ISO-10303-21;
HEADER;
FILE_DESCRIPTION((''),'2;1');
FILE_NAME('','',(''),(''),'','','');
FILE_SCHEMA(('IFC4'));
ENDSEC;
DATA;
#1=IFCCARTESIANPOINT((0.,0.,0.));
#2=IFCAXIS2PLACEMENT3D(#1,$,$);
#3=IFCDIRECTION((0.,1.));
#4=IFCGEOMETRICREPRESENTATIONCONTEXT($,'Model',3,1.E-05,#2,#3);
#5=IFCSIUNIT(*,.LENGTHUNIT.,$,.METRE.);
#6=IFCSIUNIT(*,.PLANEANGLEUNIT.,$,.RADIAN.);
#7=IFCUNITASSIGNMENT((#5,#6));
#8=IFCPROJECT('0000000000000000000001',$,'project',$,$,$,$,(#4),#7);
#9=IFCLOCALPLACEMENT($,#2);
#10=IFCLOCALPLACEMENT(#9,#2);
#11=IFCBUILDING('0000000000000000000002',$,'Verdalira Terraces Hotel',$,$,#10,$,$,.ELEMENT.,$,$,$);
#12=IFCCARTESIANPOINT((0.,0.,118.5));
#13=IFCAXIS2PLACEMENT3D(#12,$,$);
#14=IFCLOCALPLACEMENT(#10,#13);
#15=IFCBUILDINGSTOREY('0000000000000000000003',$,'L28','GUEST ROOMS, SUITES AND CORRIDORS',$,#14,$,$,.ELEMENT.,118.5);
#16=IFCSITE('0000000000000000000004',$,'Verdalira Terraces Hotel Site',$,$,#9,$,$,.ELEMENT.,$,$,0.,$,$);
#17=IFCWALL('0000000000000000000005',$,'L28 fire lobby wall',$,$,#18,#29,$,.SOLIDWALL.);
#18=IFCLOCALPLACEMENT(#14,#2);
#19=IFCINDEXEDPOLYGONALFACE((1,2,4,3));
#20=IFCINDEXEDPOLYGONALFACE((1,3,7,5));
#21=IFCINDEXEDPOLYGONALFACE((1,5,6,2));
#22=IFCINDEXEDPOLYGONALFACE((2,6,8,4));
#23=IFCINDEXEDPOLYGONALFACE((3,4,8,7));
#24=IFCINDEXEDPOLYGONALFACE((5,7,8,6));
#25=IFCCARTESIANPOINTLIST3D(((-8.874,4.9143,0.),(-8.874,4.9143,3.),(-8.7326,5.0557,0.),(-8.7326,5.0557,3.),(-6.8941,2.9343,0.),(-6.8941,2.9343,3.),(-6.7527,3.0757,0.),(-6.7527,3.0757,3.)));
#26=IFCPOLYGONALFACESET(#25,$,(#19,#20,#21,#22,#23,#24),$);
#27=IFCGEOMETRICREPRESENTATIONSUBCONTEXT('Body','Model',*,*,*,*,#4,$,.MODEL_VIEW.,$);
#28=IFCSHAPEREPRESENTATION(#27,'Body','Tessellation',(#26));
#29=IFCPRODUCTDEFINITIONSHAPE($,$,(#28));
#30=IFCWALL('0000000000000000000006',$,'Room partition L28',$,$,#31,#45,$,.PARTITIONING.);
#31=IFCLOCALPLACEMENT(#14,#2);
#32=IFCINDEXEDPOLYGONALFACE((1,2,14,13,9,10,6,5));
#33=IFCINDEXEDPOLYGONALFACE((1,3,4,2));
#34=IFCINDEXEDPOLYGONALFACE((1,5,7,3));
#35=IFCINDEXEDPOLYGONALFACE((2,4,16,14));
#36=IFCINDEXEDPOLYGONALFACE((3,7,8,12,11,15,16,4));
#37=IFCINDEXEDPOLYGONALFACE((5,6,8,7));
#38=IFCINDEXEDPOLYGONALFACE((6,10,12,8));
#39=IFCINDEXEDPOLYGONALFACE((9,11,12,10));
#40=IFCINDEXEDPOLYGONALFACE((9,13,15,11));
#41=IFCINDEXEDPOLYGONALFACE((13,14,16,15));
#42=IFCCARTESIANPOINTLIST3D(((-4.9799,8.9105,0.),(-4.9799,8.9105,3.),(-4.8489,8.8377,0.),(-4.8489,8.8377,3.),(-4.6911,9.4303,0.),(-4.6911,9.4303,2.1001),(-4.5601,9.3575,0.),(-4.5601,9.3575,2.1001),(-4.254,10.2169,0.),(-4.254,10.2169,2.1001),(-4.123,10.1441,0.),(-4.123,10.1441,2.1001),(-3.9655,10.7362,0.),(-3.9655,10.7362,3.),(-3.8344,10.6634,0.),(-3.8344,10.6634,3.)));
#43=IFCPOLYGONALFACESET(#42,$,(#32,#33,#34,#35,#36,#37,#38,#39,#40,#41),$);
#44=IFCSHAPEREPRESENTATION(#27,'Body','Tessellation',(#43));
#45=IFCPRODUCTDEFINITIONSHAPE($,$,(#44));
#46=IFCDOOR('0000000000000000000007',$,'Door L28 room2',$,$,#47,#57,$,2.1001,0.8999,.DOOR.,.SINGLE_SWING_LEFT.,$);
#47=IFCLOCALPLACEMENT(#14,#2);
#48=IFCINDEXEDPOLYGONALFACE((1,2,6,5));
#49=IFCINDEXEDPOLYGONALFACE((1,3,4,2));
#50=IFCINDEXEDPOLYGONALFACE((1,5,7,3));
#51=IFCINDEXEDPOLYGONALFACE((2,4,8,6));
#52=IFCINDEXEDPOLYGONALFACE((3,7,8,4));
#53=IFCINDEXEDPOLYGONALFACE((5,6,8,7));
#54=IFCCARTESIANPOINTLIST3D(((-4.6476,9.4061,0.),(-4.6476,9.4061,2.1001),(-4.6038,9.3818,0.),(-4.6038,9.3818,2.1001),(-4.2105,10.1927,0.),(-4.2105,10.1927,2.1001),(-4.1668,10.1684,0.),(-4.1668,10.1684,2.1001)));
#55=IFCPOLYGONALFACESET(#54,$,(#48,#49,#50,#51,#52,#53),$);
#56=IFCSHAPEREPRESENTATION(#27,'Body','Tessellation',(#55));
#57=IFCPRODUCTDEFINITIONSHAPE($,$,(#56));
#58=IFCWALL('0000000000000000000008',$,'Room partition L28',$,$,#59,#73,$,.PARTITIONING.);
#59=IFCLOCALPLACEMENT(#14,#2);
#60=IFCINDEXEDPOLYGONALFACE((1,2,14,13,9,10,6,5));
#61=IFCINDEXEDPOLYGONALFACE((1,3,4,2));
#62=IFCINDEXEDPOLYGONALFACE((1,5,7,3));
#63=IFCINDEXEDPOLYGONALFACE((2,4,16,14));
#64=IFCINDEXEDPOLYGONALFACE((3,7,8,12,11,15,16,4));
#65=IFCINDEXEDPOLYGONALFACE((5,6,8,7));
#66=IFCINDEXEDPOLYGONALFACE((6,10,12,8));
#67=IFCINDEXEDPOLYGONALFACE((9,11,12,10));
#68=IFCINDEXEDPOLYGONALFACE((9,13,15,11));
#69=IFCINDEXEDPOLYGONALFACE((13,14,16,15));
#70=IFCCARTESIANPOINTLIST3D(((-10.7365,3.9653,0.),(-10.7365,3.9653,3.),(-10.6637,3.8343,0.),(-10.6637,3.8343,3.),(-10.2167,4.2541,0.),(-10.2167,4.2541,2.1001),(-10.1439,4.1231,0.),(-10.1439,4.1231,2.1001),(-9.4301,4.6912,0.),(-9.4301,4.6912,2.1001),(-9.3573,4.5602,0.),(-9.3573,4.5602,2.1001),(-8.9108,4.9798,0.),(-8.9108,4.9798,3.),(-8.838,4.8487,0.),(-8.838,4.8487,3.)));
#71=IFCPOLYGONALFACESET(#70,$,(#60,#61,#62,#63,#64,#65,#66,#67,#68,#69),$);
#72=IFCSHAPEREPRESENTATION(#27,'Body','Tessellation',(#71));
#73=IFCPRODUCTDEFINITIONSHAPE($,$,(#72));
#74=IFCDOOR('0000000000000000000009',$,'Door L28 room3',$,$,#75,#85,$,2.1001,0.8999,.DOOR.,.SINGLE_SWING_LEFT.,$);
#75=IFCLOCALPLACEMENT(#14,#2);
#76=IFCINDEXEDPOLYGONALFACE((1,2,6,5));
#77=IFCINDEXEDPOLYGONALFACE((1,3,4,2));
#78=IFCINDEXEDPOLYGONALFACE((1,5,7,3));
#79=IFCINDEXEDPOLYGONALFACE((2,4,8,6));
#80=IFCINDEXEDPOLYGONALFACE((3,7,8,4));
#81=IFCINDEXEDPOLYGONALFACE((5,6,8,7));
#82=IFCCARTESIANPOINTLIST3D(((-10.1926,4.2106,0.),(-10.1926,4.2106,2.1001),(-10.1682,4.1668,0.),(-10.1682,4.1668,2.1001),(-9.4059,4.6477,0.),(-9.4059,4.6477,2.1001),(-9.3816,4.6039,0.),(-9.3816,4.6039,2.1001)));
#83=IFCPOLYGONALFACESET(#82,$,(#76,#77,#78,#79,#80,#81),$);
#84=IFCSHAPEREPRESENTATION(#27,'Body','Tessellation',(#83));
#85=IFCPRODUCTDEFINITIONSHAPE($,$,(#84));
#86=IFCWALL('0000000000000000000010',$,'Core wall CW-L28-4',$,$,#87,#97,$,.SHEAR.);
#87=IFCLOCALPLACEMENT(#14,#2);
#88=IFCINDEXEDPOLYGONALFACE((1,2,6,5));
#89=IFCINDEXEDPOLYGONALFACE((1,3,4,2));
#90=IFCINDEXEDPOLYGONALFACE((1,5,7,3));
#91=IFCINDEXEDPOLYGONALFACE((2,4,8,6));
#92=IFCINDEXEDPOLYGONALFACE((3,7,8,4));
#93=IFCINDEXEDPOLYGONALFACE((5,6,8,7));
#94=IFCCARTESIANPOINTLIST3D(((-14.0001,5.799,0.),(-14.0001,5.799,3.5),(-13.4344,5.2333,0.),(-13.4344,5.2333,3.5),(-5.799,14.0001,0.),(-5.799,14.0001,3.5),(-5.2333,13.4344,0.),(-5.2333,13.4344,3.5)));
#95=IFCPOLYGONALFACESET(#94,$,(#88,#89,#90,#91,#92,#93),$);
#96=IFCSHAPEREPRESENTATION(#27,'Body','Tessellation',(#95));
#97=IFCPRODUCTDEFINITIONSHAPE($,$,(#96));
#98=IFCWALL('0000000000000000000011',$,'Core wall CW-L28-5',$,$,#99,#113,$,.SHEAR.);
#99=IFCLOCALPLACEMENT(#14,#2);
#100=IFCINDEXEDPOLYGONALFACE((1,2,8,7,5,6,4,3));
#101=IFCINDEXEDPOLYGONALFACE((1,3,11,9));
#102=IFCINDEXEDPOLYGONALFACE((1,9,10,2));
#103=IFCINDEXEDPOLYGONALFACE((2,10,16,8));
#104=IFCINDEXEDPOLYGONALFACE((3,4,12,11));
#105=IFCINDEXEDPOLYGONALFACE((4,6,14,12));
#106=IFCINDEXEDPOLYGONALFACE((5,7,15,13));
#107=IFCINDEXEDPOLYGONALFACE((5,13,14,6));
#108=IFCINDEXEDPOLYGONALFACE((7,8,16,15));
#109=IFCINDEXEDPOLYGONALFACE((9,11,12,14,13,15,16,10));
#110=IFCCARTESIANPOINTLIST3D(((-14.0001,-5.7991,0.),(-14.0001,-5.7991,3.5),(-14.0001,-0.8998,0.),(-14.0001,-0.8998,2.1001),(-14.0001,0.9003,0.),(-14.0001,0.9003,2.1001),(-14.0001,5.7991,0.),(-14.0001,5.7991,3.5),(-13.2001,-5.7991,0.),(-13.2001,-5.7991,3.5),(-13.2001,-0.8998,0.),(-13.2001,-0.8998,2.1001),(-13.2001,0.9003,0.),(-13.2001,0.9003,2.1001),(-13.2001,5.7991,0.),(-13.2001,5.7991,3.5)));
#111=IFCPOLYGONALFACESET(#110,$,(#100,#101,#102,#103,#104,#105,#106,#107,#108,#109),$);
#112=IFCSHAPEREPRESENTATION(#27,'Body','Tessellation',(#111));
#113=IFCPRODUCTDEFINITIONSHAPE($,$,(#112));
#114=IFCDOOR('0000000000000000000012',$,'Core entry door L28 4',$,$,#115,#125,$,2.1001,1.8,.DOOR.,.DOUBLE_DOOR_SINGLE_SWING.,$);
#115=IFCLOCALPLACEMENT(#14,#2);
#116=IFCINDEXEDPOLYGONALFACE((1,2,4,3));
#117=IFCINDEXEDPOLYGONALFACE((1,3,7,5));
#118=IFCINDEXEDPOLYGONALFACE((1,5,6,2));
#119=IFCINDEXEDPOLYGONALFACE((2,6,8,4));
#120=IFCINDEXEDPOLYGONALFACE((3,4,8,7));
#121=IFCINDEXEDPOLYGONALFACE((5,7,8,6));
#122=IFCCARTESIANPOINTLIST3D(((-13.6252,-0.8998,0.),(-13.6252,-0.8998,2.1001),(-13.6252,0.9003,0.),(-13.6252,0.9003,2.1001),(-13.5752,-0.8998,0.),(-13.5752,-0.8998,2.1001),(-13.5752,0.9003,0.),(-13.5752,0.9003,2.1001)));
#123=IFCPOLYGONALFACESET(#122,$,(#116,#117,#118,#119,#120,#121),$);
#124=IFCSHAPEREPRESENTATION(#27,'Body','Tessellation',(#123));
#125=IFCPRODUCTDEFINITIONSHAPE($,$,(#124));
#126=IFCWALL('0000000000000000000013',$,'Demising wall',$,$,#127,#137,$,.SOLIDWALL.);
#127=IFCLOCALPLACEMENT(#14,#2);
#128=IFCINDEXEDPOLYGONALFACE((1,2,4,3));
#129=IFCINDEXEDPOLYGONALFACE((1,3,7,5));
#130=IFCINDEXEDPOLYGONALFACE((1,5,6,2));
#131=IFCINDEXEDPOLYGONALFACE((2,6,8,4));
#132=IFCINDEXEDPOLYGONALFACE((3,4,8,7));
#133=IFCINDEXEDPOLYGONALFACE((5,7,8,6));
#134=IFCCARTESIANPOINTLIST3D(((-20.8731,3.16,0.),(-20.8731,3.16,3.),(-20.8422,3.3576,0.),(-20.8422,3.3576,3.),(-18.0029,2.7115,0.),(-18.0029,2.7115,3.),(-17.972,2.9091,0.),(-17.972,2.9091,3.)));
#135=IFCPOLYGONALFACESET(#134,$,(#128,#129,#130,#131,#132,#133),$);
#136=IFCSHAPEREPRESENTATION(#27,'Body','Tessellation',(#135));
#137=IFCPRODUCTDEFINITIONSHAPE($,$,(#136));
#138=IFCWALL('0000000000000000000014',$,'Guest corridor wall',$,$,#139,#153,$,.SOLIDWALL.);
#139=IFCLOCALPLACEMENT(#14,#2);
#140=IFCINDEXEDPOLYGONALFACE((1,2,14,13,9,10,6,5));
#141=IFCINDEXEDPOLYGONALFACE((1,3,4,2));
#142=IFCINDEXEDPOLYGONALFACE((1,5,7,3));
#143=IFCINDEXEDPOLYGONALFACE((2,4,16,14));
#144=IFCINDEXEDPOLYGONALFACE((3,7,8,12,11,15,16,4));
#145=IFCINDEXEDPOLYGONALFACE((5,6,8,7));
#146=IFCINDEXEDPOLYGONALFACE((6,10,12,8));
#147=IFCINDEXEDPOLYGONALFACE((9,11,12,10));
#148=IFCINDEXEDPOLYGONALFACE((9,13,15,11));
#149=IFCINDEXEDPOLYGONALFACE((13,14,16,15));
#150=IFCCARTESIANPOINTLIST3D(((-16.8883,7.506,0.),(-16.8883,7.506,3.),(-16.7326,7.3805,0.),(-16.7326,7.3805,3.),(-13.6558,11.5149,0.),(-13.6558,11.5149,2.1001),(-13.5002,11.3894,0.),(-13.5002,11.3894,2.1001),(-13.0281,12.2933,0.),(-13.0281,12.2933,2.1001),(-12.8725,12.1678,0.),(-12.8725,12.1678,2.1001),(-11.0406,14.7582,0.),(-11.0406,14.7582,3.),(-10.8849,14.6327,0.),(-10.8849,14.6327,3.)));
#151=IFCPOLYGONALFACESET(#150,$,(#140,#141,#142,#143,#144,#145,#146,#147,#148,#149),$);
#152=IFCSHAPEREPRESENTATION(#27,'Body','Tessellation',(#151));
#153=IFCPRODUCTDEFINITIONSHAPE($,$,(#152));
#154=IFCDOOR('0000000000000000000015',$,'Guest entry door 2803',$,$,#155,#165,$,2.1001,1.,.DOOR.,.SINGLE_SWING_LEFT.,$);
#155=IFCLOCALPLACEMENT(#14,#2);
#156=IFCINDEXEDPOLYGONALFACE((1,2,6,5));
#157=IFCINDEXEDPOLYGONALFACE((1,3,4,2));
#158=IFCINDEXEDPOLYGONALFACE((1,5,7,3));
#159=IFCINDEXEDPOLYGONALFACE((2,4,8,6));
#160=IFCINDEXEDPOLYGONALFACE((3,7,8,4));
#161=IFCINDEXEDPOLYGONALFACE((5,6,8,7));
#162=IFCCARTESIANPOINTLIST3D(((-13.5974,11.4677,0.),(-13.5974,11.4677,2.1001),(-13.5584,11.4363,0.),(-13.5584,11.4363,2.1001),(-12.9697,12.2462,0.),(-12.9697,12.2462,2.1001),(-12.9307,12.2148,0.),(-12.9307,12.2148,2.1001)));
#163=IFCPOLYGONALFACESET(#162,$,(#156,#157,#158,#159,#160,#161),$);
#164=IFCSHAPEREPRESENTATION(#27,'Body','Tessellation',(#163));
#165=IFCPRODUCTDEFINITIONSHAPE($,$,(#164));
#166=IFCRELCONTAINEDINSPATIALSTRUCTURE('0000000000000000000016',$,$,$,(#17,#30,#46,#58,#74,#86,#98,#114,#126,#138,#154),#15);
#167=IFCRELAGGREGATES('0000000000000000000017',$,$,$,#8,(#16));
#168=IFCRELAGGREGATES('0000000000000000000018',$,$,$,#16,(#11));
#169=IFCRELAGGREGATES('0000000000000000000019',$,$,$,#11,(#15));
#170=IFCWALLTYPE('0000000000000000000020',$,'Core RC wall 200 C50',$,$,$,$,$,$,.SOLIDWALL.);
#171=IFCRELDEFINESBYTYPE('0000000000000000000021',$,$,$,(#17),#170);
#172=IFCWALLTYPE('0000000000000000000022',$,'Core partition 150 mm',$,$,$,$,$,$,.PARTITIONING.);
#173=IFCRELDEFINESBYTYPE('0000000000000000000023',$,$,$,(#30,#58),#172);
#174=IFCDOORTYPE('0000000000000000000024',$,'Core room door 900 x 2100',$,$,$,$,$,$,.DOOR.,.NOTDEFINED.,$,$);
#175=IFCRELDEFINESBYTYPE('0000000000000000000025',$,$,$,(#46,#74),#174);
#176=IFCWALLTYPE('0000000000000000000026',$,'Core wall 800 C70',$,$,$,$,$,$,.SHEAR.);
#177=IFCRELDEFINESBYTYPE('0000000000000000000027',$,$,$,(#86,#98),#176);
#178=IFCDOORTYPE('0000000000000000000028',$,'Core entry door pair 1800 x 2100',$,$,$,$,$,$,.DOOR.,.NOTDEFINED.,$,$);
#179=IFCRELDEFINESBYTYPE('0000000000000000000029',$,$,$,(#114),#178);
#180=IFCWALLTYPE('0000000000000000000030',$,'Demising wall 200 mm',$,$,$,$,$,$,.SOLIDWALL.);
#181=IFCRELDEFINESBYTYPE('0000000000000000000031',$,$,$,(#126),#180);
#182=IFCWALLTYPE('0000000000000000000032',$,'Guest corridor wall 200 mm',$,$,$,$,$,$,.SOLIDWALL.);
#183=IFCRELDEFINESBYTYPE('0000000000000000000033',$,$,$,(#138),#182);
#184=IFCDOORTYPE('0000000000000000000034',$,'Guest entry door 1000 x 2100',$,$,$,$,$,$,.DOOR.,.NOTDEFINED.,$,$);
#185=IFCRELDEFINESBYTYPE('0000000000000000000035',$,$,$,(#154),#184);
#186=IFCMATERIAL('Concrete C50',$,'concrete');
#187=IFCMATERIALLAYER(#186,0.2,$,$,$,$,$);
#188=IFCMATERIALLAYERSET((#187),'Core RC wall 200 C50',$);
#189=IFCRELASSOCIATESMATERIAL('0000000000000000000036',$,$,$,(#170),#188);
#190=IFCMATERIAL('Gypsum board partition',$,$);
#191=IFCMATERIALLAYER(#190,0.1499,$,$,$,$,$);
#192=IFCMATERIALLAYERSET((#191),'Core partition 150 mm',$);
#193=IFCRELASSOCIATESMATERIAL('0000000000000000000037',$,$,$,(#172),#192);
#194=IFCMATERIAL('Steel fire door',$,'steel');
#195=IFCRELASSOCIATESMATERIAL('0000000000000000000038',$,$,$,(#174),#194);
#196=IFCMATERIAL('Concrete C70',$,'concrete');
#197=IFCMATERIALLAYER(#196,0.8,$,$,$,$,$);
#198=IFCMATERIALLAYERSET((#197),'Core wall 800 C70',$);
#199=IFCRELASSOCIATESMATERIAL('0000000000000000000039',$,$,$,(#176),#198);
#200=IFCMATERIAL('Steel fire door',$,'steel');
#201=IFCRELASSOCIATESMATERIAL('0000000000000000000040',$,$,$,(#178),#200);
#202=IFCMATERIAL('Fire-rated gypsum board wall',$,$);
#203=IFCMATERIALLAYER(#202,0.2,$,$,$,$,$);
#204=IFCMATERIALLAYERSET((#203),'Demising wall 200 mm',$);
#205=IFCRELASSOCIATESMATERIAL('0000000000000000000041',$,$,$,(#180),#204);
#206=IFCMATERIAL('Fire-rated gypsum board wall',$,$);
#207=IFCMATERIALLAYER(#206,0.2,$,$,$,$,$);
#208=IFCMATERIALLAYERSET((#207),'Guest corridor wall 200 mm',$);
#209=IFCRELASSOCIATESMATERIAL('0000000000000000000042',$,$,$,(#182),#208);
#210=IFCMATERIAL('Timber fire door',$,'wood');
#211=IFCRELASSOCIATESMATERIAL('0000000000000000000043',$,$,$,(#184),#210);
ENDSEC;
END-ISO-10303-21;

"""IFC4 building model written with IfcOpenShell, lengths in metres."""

from ifc_helpers import new_model, si_unit, direction, frame, frame_2d, origin, place, context, subcontext, project, spatial, rectangle, extrude, material, layer, layer_set, type_object, element, fill, save


model = new_model("IFC4")

# Units and contexts
model_context = context("Model", 3, precision=1e-05, world=origin(), true_north=direction((0.0, 1.0)))
body_context = subcontext(model_context, "Body", "Model", "MODEL_VIEW")
ifc_project = project(units=[si_unit("LENGTHUNIT", "METRE"), si_unit("PLANEANGLEUNIT", "RADIAN")], contexts=[model_context])

# Site, building, storey
site_placement = place(None, origin())
site = spatial("IfcSite", under=ifc_project, at=site_placement, Name="Verdalira Terraces Hotel Site", CompositionType="ELEMENT", RefElevation=0.0)
building_placement = place(site_placement, origin())
building = spatial("IfcBuilding", under=site, at=building_placement, Name="Verdalira Terraces Hotel", CompositionType="ELEMENT")
storey_placement = place(building_placement, frame((0.0, 0.0, 118.5)))
storey = spatial("IfcBuildingStorey", under=building, at=storey_placement, Name="L28", Description="GUEST ROOMS, SUITES AND CORRIDORS", CompositionType="ELEMENT", Elevation=118.5)

# Shared definitions
ifc_material_1 = material(Name="Concrete C50", Category="concrete")
ifc_layer_1 = layer(ifc_material_1, 0.2)
ifc_layer_set_1 = layer_set([ifc_layer_1], Name="Core RC wall 200 C50")
wall_type_1 = type_object("IfcWallType", Name="Core RC wall 200 C50", PredefinedType="SOLIDWALL", material=ifc_layer_set_1)

# Wall
for number, where, z_axis, x_axis, name in (
    (1, (-6.8235, 3.0051, 0.0), (0.0, 0.0, 1.0), (-0.707107, 0.707107, 0.0), "L28 fire lobby wall"),
):
    element("IfcWall", number, at=place(storey_placement, frame(where, z_axis=z_axis, x_axis=x_axis)), inside=storey, type_object=wall_type_1, Name=name, PredefinedType="SOLIDWALL", context=body_context, shape_type="SweptSolid", body=[
        extrude(rectangle(XDim=2.8, YDim=0.2, at=frame_2d((1.3999, 0.0))), origin(), (0.0, 0.0, 1.0), 3.0),
    ])

# Walls, openings, doors
ifc_material_2 = material(Name="Gypsum board partition")
ifc_layer_2 = layer(ifc_material_2, 0.1499)
ifc_layer_set_2 = layer_set([ifc_layer_2], Name="Core partition 150 mm")
wall_type_2 = type_object("IfcWallType", Name="Core partition 150 mm", PredefinedType="PARTITIONING", material=ifc_layer_set_2)
wall_1_placement = place(storey_placement, frame((-3.8999, 10.7, 0.0), z_axis=(0.0, 0.0, 1.0), x_axis=(-0.485693, -0.87413, 0.0)))
wall_1 = element("IfcWall", 2, at=wall_1_placement, inside=storey, type_object=wall_type_2, Name="Room partition L28", PredefinedType="PARTITIONING", context=body_context, shape_type="SweptSolid", body=[
    extrude(rectangle(XDim=2.0886, YDim=0.1499, at=frame_2d((1.0444, 0.0))), origin(), (0.0, 0.0, 1.0), 3.0),
])
opening_1_placement = place(wall_1_placement, frame((0.5942, 0.0, 0.0)))
opening_1 = element("IfcOpeningElement", 3, at=opening_1_placement, cuts=wall_1, PredefinedType="OPENING", context=body_context, shape_type="SweptSolid", body=[
    extrude(rectangle(XDim=0.8999, YDim=2.1001, at=frame_2d((0.45, 1.05))), frame((0.0, 0.085, 0.0), z_axis=(0.0, -1.0, 0.0), x_axis=(1.0, 0.0, 0.0)), (0.0, 0.0, 1.0), 0.1699),
])
ifc_material_3 = material(Name="Steel fire door", Category="steel")
door_type_1 = type_object("IfcDoorType", Name="Core room door 900 x 2100", OperationType="NOTDEFINED", PredefinedType="DOOR", material=ifc_material_3)
door_1_placement = place(opening_1_placement, origin())
door_1 = element("IfcDoor", 4, at=door_1_placement, inside=storey, type_object=door_type_1, Name="Door L28 room2", OperationType="SINGLE_SWING_LEFT", OverallHeight=2.1001, OverallWidth=0.8999, PredefinedType="DOOR", context=body_context, shape_type="SweptSolid", body=[
    extrude(rectangle(XDim=0.8999, YDim=2.1001, at=frame_2d((0.45, 1.05))), frame((0.0, 0.0249, 0.0), z_axis=(0.0, -1.0, 0.0), x_axis=(1.0, 0.0, 0.0)), (0.0, 0.0, 1.0), 0.05),
])
fill(opening_1, door_1)
wall_2_placement = place(storey_placement, frame((-8.8743, 4.9143, 0.0), z_axis=(0.0, 0.0, 1.0), x_axis=(-0.87413, -0.485693, 0.0)))
wall_2 = element("IfcWall", 5, at=wall_2_placement, inside=storey, type_object=wall_type_2, Name="Room partition L28", PredefinedType="PARTITIONING", context=body_context, shape_type="SweptSolid", body=[
    extrude(rectangle(XDim=2.0886, YDim=0.1499, at=frame_2d((1.0444, 0.0))), origin(), (0.0, 0.0, 1.0), 3.0),
])
opening_2_placement = place(wall_2_placement, frame((0.5942, 0.0, 0.0)))
opening_2 = element("IfcOpeningElement", 6, at=opening_2_placement, cuts=wall_2, PredefinedType="OPENING", context=body_context, shape_type="SweptSolid", body=[
    extrude(rectangle(XDim=0.8999, YDim=2.1001, at=frame_2d((0.45, 1.05))), frame((0.0, 0.085, 0.0), z_axis=(0.0, -1.0, 0.0), x_axis=(1.0, 0.0, 0.0)), (0.0, 0.0, 1.0), 0.1699),
])
door_2_placement = place(opening_2_placement, origin())
door_2 = element("IfcDoor", 7, at=door_2_placement, inside=storey, type_object=door_type_1, Name="Door L28 room3", OperationType="SINGLE_SWING_LEFT", OverallHeight=2.1001, OverallWidth=0.8999, PredefinedType="DOOR", context=body_context, shape_type="SweptSolid", body=[
    extrude(rectangle(XDim=0.8999, YDim=2.1001, at=frame_2d((0.45, 1.05))), frame((0.0, 0.0249, 0.0), z_axis=(0.0, -1.0, 0.0), x_axis=(1.0, 0.0, 0.0)), (0.0, 0.0, 1.0), 0.05),
])
fill(opening_2, door_2)

# Wall
ifc_material_4 = material(Name="Concrete C70", Category="concrete")
ifc_layer_3 = layer(ifc_material_4, 0.8)
ifc_layer_set_3 = layer_set([ifc_layer_3], Name="Core wall 800 C70")
wall_type_3 = type_object("IfcWallType", Name="Core wall 800 C70", PredefinedType="SHEAR", material=ifc_layer_set_3)
wall_3_placement = place(storey_placement, frame((-5.5161, 13.7173, 0.0), z_axis=(0.0, 0.0, 1.0), x_axis=(-0.707107, -0.707107, 0.0)))
element("IfcWall", 8, at=wall_3_placement, inside=storey, type_object=wall_type_3, Name="Core wall CW-L28-4", PredefinedType="SHEAR", context=body_context, shape_type="SweptSolid", body=[
    extrude(rectangle(XDim=11.5981, YDim=0.8, at=frame_2d((5.7991, 0.0))), origin(), (0.0, 0.0, 1.0), 3.5),
])

# Wall, opening, door
wall_4_placement = place(storey_placement, frame((-13.6001, 5.7991, 0.0), z_axis=(0.0, 0.0, 1.0), x_axis=(0.0, -1.0, 0.0)))
wall_4 = element("IfcWall", 9, at=wall_4_placement, inside=storey, type_object=wall_type_3, Name="Core wall CW-L28-5", PredefinedType="SHEAR", context=body_context, shape_type="SweptSolid", body=[
    extrude(rectangle(XDim=11.5981, YDim=0.8, at=frame_2d((5.7991, 0.0))), origin(), (0.0, 0.0, 1.0), 3.5),
])
opening_3_placement = place(wall_4_placement, frame((4.8989, 0.0, 0.0)))
opening_3 = element("IfcOpeningElement", 10, at=opening_3_placement, cuts=wall_4, PredefinedType="OPENING", context=body_context, shape_type="SweptSolid", body=[
    extrude(rectangle(XDim=1.8, YDim=2.1001, at=frame_2d((0.8999, 1.05))), frame((0.0, 0.4099, 0.0), z_axis=(0.0, -1.0, 0.0), x_axis=(1.0, 0.0, 0.0)), (0.0, 0.0, 1.0), 0.8201),
])
ifc_material_5 = material(Name="Steel fire door", Category="steel")
door_type_2 = type_object("IfcDoorType", Name="Core entry door pair 1800 x 2100", OperationType="NOTDEFINED", PredefinedType="DOOR", material=ifc_material_5)
door_3_placement = place(opening_3_placement, origin())
door_3 = element("IfcDoor", 11, at=door_3_placement, inside=storey, type_object=door_type_2, Name="Core entry door L28 4", OperationType="DOUBLE_DOOR_SINGLE_SWING", OverallHeight=2.1001, OverallWidth=1.8, PredefinedType="DOOR", context=body_context, shape_type="SweptSolid", body=[
    extrude(rectangle(XDim=1.8, YDim=2.1001, at=frame_2d((0.8999, 1.05))), frame((0.0, 0.0249, 0.0), z_axis=(0.0, -1.0, 0.0), x_axis=(1.0, 0.0, 0.0)), (0.0, 0.0, 1.0), 0.05),
])
fill(opening_3, door_3)

# Wall
ifc_material_6 = material(Name="Fire-rated gypsum board wall")
ifc_layer_4 = layer(ifc_material_6, 0.2)
ifc_layer_set_4 = layer_set([ifc_layer_4], Name="Demising wall 200 mm")
wall_type_4 = type_object("IfcWallType", Name="Demising wall 200 mm", PredefinedType="SOLIDWALL", material=ifc_layer_set_4)
wall_5_placement = place(storey_placement, frame((-17.9873, 2.8103, 0.0), z_axis=(0.0, 0.0, 1.0), x_axis=(-0.98801, 0.154387, 0.0)))
element("IfcWall", 12, at=wall_5_placement, inside=storey, type_object=wall_type_4, Name="Demising wall", PredefinedType="SOLIDWALL", context=body_context, shape_type="SweptSolid", body=[
    extrude(rectangle(XDim=2.905, YDim=0.2, at=frame_2d((1.4526, 0.0))), origin(), (0.0, 0.0, 1.0), 3.0),
])

# Wall, opening, door
ifc_material_7 = material(Name="Fire-rated gypsum board wall")
ifc_layer_5 = layer(ifc_material_7, 0.2)
ifc_layer_set_5 = layer_set([ifc_layer_5], Name="Guest corridor wall 200 mm")
wall_type_5 = type_object("IfcWallType", Name="Guest corridor wall 200 mm", PredefinedType="SOLIDWALL", material=ifc_layer_set_5)
wall_6_placement = place(storey_placement, frame((-16.8105, 7.4431, 0.0), z_axis=(0.0, 0.0, 1.0), x_axis=(0.627695, 0.77846, 0.0)))
wall_6 = element("IfcWall", 13, at=wall_6_placement, inside=storey, type_object=wall_type_5, Name="Guest corridor wall", PredefinedType="SOLIDWALL", context=body_context, shape_type="SweptSolid", body=[
    extrude(rectangle(XDim=9.3162, YDim=0.2, at=frame_2d((4.6582, 0.0))), origin(), (0.0, 0.0, 1.0), 3.0),
])
opening_4_placement = place(wall_6_placement, frame((5.1499, 0.0, 0.0)))
opening_4 = element("IfcOpeningElement", 14, at=opening_4_placement, cuts=wall_6, PredefinedType="OPENING", context=body_context, shape_type="SweptSolid", body=[
    extrude(rectangle(XDim=1.0, YDim=2.1001, at=frame_2d((0.5, 1.05))), frame((0.0, 0.1099, 0.0), z_axis=(0.0, -1.0, 0.0), x_axis=(1.0, 0.0, 0.0)), (0.0, 0.0, 1.0), 0.22),
])
ifc_material_8 = material(Name="Timber fire door", Category="wood")
door_type_3 = type_object("IfcDoorType", Name="Guest entry door 1000 x 2100", OperationType="NOTDEFINED", PredefinedType="DOOR", material=ifc_material_8)
door_4_placement = place(opening_4_placement, origin())
door_4 = element("IfcDoor", 15, at=door_4_placement, inside=storey, type_object=door_type_3, Name="Guest entry door 2803", OperationType="SINGLE_SWING_LEFT", OverallHeight=2.1001, OverallWidth=1.0, PredefinedType="DOOR", context=body_context, shape_type="SweptSolid", body=[
    extrude(rectangle(XDim=1.0, YDim=2.1001, at=frame_2d((0.5, 1.05))), frame((0.0, 0.0249, 0.0), z_axis=(0.0, -1.0, 0.0), x_axis=(1.0, 0.0, 0.0)), (0.0, 0.0, 1.0), 0.05),
])
fill(opening_4, door_4)

save(model, "model.ifc")
